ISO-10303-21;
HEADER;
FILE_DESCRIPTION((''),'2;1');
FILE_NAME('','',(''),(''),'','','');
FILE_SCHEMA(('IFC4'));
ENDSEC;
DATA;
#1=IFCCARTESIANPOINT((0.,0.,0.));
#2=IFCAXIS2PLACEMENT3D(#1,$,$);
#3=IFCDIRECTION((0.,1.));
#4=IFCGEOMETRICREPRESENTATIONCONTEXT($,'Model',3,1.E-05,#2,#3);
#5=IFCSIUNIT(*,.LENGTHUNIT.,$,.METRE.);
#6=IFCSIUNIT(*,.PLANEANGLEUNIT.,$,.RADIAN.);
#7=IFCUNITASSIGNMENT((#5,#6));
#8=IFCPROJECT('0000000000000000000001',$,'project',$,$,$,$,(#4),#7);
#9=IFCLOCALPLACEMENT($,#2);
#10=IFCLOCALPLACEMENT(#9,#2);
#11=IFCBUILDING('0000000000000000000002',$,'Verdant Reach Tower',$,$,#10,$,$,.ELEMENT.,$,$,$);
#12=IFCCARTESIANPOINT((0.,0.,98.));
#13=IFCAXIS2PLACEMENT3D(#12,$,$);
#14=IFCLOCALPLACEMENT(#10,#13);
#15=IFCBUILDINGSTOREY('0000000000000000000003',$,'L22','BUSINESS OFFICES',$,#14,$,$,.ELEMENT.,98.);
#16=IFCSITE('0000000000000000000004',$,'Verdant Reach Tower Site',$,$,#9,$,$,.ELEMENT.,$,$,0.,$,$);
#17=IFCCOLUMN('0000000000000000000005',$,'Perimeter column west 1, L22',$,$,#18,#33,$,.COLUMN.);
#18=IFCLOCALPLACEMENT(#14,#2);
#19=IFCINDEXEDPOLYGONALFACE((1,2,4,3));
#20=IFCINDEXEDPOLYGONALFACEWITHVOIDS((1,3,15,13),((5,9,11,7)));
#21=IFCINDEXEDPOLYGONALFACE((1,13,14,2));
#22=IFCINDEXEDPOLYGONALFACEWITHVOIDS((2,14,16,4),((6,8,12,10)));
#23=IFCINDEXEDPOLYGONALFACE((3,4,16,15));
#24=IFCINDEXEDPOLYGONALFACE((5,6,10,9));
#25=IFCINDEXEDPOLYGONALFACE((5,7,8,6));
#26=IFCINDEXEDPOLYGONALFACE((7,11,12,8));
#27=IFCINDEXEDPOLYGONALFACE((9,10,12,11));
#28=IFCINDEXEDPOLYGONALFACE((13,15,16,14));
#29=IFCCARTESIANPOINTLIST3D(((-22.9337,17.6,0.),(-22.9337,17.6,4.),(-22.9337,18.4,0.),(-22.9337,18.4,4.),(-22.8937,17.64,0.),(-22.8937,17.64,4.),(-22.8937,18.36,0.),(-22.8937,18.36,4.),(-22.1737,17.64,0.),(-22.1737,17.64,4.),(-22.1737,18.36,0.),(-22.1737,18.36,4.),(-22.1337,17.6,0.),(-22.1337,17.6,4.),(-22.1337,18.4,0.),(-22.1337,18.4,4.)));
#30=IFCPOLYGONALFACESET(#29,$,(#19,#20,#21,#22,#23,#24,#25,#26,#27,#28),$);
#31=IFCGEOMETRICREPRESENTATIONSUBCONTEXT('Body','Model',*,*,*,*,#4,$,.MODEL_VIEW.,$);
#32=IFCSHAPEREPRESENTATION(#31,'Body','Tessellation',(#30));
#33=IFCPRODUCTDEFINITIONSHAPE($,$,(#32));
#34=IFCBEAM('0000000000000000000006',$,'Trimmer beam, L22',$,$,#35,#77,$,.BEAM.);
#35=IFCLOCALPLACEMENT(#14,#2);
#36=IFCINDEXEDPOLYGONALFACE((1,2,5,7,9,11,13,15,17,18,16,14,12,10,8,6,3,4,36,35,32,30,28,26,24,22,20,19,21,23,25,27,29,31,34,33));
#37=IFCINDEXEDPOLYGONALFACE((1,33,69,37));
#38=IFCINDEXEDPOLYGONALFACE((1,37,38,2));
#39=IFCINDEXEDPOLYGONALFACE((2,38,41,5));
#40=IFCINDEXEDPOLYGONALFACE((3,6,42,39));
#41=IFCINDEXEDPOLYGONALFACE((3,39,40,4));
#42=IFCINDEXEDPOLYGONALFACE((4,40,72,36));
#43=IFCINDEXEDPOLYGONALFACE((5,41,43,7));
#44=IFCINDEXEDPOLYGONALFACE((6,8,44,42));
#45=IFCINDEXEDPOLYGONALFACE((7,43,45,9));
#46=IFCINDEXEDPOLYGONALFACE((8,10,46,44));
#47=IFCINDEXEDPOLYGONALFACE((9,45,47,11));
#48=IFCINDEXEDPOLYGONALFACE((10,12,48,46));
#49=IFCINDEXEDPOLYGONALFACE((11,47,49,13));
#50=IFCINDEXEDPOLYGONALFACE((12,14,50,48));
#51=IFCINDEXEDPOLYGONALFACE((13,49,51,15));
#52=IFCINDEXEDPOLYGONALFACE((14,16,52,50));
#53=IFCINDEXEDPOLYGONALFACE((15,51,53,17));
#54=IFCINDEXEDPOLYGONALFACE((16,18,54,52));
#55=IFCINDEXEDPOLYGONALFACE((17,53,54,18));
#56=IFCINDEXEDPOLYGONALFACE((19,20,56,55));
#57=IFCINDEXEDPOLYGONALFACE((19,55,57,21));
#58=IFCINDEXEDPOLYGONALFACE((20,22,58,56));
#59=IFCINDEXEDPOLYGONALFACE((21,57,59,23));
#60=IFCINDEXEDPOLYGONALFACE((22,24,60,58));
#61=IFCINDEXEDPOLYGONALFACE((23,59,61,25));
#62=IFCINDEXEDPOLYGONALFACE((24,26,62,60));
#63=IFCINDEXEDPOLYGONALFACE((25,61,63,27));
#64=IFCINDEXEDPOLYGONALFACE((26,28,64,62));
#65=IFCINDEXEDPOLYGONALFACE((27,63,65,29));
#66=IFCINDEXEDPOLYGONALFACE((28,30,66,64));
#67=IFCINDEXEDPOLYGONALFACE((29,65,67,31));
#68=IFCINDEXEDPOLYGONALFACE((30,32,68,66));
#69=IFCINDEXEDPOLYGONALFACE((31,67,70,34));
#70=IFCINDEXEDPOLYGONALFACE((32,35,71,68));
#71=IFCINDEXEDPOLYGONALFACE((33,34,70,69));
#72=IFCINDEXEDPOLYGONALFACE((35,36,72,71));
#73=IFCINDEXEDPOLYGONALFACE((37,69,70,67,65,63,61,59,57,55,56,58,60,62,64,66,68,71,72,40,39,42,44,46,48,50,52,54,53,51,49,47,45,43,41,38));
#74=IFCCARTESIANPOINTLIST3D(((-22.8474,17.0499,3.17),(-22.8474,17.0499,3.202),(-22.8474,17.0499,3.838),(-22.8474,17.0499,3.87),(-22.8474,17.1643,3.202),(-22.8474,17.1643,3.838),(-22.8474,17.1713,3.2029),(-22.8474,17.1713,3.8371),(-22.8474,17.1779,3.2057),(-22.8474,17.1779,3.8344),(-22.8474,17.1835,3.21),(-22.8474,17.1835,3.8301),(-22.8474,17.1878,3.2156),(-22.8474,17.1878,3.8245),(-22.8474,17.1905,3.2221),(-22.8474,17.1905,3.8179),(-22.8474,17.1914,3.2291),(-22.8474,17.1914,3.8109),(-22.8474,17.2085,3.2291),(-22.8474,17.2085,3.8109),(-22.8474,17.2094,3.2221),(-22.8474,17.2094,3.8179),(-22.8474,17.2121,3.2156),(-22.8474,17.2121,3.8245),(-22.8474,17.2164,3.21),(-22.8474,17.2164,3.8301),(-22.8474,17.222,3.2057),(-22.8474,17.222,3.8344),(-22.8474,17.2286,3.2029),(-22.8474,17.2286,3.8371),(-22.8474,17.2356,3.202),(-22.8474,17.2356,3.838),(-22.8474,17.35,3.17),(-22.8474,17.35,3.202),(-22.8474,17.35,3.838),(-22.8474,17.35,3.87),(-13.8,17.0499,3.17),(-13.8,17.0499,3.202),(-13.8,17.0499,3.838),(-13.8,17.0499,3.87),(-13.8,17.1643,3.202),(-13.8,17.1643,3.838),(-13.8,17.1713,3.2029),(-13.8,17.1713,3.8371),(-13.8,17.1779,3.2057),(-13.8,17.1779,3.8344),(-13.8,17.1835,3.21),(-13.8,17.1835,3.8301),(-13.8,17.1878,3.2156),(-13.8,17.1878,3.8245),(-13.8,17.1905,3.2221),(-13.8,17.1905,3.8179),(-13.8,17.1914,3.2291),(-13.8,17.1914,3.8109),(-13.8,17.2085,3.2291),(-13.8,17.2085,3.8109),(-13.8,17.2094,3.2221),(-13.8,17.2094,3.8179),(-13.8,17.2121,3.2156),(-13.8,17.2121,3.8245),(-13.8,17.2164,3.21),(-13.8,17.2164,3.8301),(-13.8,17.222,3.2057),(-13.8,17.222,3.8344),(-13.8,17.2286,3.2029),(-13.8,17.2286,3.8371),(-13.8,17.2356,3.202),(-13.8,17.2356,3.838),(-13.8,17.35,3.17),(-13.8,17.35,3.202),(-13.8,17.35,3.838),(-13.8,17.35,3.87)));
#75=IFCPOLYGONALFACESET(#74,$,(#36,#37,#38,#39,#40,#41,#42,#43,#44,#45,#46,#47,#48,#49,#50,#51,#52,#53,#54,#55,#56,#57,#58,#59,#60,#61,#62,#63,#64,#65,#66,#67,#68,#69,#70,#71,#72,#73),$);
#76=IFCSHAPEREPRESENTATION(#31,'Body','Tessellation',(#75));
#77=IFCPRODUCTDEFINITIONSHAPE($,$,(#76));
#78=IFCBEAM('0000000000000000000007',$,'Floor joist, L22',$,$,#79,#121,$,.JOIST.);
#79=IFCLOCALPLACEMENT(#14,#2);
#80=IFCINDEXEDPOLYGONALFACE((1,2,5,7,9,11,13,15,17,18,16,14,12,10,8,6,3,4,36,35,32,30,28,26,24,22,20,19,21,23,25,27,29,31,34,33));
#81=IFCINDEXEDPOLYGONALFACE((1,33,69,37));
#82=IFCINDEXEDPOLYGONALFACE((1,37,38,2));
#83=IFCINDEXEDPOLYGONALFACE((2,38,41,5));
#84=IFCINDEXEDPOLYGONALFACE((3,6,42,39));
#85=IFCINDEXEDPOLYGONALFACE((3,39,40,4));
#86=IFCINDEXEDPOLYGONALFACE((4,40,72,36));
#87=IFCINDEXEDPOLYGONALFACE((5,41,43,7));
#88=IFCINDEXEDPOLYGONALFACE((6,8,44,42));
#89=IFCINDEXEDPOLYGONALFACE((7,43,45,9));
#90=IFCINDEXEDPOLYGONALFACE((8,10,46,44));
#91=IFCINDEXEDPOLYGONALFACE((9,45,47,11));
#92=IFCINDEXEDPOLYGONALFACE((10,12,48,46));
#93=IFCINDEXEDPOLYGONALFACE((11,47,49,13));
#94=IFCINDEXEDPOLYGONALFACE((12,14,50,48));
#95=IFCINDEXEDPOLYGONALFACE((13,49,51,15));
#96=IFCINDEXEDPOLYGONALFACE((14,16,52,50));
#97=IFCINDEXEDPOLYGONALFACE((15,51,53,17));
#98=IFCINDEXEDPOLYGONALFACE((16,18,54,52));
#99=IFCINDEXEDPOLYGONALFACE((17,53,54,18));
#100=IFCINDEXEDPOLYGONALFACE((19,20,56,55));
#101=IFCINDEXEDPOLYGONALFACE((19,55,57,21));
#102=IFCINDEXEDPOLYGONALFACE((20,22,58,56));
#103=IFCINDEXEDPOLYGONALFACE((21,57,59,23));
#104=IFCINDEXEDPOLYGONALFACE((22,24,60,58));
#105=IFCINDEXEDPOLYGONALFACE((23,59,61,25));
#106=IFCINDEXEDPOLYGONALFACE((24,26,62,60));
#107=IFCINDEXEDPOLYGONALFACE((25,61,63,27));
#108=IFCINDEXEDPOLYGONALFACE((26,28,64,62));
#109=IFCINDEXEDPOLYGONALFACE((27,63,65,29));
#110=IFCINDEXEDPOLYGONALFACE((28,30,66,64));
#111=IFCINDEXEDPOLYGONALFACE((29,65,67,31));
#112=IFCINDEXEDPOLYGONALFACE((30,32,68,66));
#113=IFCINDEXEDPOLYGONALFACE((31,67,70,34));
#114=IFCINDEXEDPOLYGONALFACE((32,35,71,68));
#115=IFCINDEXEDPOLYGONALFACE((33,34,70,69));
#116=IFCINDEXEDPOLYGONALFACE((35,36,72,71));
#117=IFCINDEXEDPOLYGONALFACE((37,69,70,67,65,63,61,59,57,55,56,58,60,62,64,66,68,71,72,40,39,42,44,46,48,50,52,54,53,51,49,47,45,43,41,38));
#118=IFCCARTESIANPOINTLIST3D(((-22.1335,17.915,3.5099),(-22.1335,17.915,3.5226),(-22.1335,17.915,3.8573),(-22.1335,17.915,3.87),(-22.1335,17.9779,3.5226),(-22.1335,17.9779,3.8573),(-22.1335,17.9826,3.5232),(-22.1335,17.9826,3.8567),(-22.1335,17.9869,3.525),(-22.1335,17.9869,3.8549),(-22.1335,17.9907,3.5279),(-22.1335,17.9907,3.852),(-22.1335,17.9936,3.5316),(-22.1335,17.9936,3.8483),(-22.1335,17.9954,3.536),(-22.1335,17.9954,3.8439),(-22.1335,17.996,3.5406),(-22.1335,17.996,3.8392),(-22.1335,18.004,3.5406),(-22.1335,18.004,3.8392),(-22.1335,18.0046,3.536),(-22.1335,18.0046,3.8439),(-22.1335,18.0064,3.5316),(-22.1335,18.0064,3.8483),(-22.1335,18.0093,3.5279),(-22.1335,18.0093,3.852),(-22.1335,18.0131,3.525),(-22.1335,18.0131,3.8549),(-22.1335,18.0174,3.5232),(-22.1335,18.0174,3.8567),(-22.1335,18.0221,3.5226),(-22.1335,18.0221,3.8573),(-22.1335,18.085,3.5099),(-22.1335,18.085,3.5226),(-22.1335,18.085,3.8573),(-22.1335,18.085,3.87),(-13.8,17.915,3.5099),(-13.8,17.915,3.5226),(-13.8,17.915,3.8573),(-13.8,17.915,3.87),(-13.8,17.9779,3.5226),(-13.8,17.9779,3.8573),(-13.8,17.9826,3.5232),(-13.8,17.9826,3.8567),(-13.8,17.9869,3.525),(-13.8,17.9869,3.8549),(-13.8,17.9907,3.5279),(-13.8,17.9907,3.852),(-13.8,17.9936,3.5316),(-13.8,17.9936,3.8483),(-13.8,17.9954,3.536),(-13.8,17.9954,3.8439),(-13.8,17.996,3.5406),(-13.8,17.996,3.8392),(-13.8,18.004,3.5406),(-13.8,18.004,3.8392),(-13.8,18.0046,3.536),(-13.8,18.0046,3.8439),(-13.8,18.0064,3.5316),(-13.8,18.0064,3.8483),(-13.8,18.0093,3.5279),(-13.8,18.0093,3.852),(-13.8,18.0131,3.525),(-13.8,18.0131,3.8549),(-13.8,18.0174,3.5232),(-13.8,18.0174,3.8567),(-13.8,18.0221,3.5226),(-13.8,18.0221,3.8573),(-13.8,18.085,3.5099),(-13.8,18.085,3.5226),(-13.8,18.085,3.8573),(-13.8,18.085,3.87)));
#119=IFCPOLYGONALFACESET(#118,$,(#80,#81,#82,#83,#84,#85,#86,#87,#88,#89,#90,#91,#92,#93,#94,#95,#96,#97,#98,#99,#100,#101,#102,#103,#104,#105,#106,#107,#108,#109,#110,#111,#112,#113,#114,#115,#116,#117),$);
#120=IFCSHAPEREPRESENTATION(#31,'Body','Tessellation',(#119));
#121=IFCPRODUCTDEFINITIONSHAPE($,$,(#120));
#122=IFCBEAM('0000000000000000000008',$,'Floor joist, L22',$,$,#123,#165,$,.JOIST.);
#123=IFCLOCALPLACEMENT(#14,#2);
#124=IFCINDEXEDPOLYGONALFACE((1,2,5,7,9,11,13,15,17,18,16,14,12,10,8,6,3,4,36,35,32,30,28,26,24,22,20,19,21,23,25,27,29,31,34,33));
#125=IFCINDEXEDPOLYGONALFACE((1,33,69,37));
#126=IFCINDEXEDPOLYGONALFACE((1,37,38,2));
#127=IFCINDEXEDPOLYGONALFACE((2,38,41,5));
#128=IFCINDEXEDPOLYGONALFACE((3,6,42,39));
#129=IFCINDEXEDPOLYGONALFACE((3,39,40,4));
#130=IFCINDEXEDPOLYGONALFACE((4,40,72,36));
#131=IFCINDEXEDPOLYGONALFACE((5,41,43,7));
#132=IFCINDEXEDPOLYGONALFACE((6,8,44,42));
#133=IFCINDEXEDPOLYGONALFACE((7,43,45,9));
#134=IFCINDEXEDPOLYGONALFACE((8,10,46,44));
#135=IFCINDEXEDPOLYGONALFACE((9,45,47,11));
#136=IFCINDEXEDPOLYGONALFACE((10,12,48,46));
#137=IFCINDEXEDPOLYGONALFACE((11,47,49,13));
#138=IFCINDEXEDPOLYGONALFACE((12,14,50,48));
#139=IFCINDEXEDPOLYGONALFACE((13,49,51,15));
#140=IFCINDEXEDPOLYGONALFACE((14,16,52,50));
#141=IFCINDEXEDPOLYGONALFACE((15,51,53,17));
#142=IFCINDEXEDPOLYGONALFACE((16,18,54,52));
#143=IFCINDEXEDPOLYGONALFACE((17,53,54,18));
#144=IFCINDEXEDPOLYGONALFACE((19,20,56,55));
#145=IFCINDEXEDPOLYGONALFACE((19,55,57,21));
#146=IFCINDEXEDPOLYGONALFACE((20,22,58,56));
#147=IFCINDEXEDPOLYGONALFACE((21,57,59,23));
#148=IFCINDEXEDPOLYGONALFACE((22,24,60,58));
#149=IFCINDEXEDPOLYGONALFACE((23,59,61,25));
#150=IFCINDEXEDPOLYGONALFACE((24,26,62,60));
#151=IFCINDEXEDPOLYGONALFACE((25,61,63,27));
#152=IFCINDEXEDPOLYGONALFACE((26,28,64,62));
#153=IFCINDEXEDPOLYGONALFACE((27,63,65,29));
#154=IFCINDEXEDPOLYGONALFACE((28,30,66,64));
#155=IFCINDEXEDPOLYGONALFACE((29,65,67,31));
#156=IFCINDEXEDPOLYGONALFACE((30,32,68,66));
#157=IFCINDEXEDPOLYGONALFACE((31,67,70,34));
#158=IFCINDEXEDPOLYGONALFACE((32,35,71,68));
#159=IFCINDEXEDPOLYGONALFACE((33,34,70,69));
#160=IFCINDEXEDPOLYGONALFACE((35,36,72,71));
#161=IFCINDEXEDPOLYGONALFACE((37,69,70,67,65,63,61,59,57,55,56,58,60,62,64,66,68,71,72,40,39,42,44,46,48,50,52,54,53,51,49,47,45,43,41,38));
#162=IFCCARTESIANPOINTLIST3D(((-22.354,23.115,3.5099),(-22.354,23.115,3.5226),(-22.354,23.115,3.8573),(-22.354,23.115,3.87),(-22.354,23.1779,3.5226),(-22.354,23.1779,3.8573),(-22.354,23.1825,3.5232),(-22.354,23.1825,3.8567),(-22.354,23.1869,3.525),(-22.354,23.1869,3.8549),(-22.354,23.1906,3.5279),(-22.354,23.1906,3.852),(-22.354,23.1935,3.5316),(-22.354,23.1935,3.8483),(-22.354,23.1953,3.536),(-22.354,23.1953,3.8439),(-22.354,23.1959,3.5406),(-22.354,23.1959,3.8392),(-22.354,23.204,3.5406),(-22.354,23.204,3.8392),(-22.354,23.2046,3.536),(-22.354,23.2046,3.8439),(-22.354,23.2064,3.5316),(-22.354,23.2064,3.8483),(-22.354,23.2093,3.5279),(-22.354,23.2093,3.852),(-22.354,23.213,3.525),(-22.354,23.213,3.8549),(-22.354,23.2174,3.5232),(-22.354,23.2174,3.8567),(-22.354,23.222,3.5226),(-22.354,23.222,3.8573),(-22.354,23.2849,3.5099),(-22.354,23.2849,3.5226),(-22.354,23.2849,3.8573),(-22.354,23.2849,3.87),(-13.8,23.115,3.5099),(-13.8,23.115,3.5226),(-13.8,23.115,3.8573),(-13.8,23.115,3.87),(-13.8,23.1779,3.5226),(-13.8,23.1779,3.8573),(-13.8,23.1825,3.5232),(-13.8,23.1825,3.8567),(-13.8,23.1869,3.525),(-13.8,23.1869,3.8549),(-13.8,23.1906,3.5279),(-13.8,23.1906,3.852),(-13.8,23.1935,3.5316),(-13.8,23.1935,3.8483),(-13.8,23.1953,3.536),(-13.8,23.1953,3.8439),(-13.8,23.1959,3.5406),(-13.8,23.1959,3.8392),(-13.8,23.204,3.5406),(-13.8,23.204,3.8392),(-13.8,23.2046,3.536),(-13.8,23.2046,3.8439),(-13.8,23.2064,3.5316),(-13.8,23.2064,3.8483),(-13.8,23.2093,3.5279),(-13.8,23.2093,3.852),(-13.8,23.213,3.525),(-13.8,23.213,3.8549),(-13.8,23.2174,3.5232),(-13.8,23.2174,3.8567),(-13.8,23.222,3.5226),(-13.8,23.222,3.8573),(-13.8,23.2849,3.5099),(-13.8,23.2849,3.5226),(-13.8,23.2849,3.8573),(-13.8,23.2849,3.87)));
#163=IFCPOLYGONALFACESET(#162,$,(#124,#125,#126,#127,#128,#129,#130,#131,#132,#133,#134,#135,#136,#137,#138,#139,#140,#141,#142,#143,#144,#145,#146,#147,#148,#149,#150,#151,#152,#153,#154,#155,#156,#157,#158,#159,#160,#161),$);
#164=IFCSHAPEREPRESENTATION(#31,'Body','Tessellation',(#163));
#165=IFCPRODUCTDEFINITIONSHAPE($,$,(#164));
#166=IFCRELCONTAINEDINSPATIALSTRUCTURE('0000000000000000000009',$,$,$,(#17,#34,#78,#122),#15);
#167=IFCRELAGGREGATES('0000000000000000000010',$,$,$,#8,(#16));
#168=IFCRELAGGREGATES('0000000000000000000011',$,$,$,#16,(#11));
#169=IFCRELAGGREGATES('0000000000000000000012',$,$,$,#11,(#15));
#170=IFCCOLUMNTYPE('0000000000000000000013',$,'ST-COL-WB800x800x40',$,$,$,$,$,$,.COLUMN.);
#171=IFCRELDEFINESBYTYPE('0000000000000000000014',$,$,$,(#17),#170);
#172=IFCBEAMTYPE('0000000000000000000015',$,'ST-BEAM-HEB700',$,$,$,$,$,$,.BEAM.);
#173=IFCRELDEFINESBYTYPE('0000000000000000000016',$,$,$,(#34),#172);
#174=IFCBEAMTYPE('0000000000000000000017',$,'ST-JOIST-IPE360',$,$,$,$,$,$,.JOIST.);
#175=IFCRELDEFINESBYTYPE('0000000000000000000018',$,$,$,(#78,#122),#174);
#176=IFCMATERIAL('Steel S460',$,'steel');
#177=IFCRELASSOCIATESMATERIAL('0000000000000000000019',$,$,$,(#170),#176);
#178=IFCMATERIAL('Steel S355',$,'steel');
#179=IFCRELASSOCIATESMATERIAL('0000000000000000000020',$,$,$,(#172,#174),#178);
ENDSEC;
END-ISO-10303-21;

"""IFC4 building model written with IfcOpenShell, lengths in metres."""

from ifc_helpers import new_model, si_unit, direction, frame, origin, origin_2d, place, context, subcontext, project, spatial, hollow_rectangle, i_section, extrude, material, material_profile, profile_set, type_object, element, save


model = new_model("IFC4")

# Units and contexts
model_context = context("Model", 3, precision=1e-05, world=origin(), true_north=direction((0.0, 1.0)))
body_context = subcontext(model_context, "Body", "Model", "MODEL_VIEW")
ifc_project = project(units=[si_unit("LENGTHUNIT", "METRE"), si_unit("PLANEANGLEUNIT", "RADIAN")], contexts=[model_context])

# Site, building, storey
site_placement = place(None, origin())
site = spatial("IfcSite", under=ifc_project, at=site_placement, Name="Verdant Reach Tower Site", CompositionType="ELEMENT", RefElevation=0.0)
building_placement = place(site_placement, origin())
building = spatial("IfcBuilding", under=site, at=building_placement, Name="Verdant Reach Tower", CompositionType="ELEMENT")
storey_placement = place(building_placement, frame((0.0, 0.0, 98.0)))
storey = spatial("IfcBuildingStorey", under=building, at=storey_placement, Name="L22", Description="BUSINESS OFFICES", CompositionType="ELEMENT", Elevation=98.0)

# Column
ifc_material_1 = material(Name="Steel S460", Category="steel")
ifc_material_profile_1 = material_profile(ifc_material_1, hollow_rectangle(XDim=0.8, YDim=0.8, WallThickness=0.04, at=origin_2d()), Name="WB 800x800x40")
ifc_profile_set_1 = profile_set([ifc_material_profile_1], Name="Steel S460")
column_type = type_object("IfcColumnType", Name="ST-COL-WB800x800x40", PredefinedType="COLUMN", material=ifc_profile_set_1)
column_placement = place(storey_placement, frame((-22.5337, 18.0, 0.0), z_axis=(0.0, 0.0, 1.0), x_axis=(1.0, 0.0, 0.0)))
element("IfcColumn", 1, at=column_placement, inside=storey, type_object=column_type, Name="Perimeter column west 1, L22", PredefinedType="COLUMN", context=body_context, shape_type="SweptSolid", body=[
    extrude(hollow_rectangle(XDim=0.8, YDim=0.8, WallThickness=0.04, at=origin_2d()), origin(), (0.0, 0.0, 1.0), 4.0),
])

# Beams
ifc_material_2 = material(Name="Steel S355", Category="steel")
ifc_material_profile_2 = material_profile(ifc_material_2, i_section(OverallWidth=0.3, OverallDepth=0.7, WebThickness=0.0171, FlangeThickness=0.032, FilletRadius=0.0271, at=origin_2d()), Name="HEB 700")
ifc_profile_set_2 = profile_set([ifc_material_profile_2], Name="Steel S355")
beam_type_1 = type_object("IfcBeamType", Name="ST-BEAM-HEB700", PredefinedType="BEAM", material=ifc_profile_set_2)
beam_1_placement = place(storey_placement, frame((-13.8, 17.2, 3.52), z_axis=(-1.0, 0.0, 0.0), x_axis=(0.0, -1.0, 0.0)))
element("IfcBeam", 2, at=beam_1_placement, inside=storey, type_object=beam_type_1, Name="Trimmer beam, L22", PredefinedType="BEAM", context=body_context, shape_type="SweptSolid", body=[
    extrude(i_section(OverallWidth=0.3, OverallDepth=0.7, WebThickness=0.0171, FlangeThickness=0.032, FilletRadius=0.0271, at=origin_2d()), origin(), (0.0, 0.0, 1.0), 9.0474),
])
ifc_material_profile_3 = material_profile(ifc_material_2, i_section(OverallWidth=0.1699, OverallDepth=0.3601, WebThickness=0.0081, FlangeThickness=0.0127, FilletRadius=0.0181, at=origin_2d()), Name="IPE 360")
ifc_profile_set_3 = profile_set([ifc_material_profile_3], Name="Steel S355")
beam_type_2 = type_object("IfcBeamType", Name="ST-JOIST-IPE360", PredefinedType="JOIST", material=ifc_profile_set_3)
beam_2_placement = place(storey_placement, frame((-13.8, 18.0, 3.6899), z_axis=(-1.0, 0.0, 0.0), x_axis=(0.0, -1.0, 0.0)))
element("IfcBeam", 3, at=beam_2_placement, inside=storey, type_object=beam_type_2, Name="Floor joist, L22", PredefinedType="JOIST", context=body_context, shape_type="SweptSolid", body=[
    extrude(i_section(OverallWidth=0.1699, OverallDepth=0.3601, WebThickness=0.0081, FlangeThickness=0.0127, FilletRadius=0.0181, at=origin_2d()), origin(), (0.0, 0.0, 1.0), 8.3335),
])
beam_3_placement = place(storey_placement, frame((-13.8, 23.2, 3.6899), z_axis=(-1.0, 0.0, 0.0), x_axis=(0.0, -1.0, 0.0)))
element("IfcBeam", 4, at=beam_3_placement, inside=storey, type_object=beam_type_2, Name="Floor joist, L22", PredefinedType="JOIST", context=body_context, shape_type="SweptSolid", body=[
    extrude(i_section(OverallWidth=0.1699, OverallDepth=0.3601, WebThickness=0.0081, FlangeThickness=0.0127, FilletRadius=0.0181, at=origin_2d()), origin(), (0.0, 0.0, 1.0), 8.554),
])

save(model, "model.ifc")
